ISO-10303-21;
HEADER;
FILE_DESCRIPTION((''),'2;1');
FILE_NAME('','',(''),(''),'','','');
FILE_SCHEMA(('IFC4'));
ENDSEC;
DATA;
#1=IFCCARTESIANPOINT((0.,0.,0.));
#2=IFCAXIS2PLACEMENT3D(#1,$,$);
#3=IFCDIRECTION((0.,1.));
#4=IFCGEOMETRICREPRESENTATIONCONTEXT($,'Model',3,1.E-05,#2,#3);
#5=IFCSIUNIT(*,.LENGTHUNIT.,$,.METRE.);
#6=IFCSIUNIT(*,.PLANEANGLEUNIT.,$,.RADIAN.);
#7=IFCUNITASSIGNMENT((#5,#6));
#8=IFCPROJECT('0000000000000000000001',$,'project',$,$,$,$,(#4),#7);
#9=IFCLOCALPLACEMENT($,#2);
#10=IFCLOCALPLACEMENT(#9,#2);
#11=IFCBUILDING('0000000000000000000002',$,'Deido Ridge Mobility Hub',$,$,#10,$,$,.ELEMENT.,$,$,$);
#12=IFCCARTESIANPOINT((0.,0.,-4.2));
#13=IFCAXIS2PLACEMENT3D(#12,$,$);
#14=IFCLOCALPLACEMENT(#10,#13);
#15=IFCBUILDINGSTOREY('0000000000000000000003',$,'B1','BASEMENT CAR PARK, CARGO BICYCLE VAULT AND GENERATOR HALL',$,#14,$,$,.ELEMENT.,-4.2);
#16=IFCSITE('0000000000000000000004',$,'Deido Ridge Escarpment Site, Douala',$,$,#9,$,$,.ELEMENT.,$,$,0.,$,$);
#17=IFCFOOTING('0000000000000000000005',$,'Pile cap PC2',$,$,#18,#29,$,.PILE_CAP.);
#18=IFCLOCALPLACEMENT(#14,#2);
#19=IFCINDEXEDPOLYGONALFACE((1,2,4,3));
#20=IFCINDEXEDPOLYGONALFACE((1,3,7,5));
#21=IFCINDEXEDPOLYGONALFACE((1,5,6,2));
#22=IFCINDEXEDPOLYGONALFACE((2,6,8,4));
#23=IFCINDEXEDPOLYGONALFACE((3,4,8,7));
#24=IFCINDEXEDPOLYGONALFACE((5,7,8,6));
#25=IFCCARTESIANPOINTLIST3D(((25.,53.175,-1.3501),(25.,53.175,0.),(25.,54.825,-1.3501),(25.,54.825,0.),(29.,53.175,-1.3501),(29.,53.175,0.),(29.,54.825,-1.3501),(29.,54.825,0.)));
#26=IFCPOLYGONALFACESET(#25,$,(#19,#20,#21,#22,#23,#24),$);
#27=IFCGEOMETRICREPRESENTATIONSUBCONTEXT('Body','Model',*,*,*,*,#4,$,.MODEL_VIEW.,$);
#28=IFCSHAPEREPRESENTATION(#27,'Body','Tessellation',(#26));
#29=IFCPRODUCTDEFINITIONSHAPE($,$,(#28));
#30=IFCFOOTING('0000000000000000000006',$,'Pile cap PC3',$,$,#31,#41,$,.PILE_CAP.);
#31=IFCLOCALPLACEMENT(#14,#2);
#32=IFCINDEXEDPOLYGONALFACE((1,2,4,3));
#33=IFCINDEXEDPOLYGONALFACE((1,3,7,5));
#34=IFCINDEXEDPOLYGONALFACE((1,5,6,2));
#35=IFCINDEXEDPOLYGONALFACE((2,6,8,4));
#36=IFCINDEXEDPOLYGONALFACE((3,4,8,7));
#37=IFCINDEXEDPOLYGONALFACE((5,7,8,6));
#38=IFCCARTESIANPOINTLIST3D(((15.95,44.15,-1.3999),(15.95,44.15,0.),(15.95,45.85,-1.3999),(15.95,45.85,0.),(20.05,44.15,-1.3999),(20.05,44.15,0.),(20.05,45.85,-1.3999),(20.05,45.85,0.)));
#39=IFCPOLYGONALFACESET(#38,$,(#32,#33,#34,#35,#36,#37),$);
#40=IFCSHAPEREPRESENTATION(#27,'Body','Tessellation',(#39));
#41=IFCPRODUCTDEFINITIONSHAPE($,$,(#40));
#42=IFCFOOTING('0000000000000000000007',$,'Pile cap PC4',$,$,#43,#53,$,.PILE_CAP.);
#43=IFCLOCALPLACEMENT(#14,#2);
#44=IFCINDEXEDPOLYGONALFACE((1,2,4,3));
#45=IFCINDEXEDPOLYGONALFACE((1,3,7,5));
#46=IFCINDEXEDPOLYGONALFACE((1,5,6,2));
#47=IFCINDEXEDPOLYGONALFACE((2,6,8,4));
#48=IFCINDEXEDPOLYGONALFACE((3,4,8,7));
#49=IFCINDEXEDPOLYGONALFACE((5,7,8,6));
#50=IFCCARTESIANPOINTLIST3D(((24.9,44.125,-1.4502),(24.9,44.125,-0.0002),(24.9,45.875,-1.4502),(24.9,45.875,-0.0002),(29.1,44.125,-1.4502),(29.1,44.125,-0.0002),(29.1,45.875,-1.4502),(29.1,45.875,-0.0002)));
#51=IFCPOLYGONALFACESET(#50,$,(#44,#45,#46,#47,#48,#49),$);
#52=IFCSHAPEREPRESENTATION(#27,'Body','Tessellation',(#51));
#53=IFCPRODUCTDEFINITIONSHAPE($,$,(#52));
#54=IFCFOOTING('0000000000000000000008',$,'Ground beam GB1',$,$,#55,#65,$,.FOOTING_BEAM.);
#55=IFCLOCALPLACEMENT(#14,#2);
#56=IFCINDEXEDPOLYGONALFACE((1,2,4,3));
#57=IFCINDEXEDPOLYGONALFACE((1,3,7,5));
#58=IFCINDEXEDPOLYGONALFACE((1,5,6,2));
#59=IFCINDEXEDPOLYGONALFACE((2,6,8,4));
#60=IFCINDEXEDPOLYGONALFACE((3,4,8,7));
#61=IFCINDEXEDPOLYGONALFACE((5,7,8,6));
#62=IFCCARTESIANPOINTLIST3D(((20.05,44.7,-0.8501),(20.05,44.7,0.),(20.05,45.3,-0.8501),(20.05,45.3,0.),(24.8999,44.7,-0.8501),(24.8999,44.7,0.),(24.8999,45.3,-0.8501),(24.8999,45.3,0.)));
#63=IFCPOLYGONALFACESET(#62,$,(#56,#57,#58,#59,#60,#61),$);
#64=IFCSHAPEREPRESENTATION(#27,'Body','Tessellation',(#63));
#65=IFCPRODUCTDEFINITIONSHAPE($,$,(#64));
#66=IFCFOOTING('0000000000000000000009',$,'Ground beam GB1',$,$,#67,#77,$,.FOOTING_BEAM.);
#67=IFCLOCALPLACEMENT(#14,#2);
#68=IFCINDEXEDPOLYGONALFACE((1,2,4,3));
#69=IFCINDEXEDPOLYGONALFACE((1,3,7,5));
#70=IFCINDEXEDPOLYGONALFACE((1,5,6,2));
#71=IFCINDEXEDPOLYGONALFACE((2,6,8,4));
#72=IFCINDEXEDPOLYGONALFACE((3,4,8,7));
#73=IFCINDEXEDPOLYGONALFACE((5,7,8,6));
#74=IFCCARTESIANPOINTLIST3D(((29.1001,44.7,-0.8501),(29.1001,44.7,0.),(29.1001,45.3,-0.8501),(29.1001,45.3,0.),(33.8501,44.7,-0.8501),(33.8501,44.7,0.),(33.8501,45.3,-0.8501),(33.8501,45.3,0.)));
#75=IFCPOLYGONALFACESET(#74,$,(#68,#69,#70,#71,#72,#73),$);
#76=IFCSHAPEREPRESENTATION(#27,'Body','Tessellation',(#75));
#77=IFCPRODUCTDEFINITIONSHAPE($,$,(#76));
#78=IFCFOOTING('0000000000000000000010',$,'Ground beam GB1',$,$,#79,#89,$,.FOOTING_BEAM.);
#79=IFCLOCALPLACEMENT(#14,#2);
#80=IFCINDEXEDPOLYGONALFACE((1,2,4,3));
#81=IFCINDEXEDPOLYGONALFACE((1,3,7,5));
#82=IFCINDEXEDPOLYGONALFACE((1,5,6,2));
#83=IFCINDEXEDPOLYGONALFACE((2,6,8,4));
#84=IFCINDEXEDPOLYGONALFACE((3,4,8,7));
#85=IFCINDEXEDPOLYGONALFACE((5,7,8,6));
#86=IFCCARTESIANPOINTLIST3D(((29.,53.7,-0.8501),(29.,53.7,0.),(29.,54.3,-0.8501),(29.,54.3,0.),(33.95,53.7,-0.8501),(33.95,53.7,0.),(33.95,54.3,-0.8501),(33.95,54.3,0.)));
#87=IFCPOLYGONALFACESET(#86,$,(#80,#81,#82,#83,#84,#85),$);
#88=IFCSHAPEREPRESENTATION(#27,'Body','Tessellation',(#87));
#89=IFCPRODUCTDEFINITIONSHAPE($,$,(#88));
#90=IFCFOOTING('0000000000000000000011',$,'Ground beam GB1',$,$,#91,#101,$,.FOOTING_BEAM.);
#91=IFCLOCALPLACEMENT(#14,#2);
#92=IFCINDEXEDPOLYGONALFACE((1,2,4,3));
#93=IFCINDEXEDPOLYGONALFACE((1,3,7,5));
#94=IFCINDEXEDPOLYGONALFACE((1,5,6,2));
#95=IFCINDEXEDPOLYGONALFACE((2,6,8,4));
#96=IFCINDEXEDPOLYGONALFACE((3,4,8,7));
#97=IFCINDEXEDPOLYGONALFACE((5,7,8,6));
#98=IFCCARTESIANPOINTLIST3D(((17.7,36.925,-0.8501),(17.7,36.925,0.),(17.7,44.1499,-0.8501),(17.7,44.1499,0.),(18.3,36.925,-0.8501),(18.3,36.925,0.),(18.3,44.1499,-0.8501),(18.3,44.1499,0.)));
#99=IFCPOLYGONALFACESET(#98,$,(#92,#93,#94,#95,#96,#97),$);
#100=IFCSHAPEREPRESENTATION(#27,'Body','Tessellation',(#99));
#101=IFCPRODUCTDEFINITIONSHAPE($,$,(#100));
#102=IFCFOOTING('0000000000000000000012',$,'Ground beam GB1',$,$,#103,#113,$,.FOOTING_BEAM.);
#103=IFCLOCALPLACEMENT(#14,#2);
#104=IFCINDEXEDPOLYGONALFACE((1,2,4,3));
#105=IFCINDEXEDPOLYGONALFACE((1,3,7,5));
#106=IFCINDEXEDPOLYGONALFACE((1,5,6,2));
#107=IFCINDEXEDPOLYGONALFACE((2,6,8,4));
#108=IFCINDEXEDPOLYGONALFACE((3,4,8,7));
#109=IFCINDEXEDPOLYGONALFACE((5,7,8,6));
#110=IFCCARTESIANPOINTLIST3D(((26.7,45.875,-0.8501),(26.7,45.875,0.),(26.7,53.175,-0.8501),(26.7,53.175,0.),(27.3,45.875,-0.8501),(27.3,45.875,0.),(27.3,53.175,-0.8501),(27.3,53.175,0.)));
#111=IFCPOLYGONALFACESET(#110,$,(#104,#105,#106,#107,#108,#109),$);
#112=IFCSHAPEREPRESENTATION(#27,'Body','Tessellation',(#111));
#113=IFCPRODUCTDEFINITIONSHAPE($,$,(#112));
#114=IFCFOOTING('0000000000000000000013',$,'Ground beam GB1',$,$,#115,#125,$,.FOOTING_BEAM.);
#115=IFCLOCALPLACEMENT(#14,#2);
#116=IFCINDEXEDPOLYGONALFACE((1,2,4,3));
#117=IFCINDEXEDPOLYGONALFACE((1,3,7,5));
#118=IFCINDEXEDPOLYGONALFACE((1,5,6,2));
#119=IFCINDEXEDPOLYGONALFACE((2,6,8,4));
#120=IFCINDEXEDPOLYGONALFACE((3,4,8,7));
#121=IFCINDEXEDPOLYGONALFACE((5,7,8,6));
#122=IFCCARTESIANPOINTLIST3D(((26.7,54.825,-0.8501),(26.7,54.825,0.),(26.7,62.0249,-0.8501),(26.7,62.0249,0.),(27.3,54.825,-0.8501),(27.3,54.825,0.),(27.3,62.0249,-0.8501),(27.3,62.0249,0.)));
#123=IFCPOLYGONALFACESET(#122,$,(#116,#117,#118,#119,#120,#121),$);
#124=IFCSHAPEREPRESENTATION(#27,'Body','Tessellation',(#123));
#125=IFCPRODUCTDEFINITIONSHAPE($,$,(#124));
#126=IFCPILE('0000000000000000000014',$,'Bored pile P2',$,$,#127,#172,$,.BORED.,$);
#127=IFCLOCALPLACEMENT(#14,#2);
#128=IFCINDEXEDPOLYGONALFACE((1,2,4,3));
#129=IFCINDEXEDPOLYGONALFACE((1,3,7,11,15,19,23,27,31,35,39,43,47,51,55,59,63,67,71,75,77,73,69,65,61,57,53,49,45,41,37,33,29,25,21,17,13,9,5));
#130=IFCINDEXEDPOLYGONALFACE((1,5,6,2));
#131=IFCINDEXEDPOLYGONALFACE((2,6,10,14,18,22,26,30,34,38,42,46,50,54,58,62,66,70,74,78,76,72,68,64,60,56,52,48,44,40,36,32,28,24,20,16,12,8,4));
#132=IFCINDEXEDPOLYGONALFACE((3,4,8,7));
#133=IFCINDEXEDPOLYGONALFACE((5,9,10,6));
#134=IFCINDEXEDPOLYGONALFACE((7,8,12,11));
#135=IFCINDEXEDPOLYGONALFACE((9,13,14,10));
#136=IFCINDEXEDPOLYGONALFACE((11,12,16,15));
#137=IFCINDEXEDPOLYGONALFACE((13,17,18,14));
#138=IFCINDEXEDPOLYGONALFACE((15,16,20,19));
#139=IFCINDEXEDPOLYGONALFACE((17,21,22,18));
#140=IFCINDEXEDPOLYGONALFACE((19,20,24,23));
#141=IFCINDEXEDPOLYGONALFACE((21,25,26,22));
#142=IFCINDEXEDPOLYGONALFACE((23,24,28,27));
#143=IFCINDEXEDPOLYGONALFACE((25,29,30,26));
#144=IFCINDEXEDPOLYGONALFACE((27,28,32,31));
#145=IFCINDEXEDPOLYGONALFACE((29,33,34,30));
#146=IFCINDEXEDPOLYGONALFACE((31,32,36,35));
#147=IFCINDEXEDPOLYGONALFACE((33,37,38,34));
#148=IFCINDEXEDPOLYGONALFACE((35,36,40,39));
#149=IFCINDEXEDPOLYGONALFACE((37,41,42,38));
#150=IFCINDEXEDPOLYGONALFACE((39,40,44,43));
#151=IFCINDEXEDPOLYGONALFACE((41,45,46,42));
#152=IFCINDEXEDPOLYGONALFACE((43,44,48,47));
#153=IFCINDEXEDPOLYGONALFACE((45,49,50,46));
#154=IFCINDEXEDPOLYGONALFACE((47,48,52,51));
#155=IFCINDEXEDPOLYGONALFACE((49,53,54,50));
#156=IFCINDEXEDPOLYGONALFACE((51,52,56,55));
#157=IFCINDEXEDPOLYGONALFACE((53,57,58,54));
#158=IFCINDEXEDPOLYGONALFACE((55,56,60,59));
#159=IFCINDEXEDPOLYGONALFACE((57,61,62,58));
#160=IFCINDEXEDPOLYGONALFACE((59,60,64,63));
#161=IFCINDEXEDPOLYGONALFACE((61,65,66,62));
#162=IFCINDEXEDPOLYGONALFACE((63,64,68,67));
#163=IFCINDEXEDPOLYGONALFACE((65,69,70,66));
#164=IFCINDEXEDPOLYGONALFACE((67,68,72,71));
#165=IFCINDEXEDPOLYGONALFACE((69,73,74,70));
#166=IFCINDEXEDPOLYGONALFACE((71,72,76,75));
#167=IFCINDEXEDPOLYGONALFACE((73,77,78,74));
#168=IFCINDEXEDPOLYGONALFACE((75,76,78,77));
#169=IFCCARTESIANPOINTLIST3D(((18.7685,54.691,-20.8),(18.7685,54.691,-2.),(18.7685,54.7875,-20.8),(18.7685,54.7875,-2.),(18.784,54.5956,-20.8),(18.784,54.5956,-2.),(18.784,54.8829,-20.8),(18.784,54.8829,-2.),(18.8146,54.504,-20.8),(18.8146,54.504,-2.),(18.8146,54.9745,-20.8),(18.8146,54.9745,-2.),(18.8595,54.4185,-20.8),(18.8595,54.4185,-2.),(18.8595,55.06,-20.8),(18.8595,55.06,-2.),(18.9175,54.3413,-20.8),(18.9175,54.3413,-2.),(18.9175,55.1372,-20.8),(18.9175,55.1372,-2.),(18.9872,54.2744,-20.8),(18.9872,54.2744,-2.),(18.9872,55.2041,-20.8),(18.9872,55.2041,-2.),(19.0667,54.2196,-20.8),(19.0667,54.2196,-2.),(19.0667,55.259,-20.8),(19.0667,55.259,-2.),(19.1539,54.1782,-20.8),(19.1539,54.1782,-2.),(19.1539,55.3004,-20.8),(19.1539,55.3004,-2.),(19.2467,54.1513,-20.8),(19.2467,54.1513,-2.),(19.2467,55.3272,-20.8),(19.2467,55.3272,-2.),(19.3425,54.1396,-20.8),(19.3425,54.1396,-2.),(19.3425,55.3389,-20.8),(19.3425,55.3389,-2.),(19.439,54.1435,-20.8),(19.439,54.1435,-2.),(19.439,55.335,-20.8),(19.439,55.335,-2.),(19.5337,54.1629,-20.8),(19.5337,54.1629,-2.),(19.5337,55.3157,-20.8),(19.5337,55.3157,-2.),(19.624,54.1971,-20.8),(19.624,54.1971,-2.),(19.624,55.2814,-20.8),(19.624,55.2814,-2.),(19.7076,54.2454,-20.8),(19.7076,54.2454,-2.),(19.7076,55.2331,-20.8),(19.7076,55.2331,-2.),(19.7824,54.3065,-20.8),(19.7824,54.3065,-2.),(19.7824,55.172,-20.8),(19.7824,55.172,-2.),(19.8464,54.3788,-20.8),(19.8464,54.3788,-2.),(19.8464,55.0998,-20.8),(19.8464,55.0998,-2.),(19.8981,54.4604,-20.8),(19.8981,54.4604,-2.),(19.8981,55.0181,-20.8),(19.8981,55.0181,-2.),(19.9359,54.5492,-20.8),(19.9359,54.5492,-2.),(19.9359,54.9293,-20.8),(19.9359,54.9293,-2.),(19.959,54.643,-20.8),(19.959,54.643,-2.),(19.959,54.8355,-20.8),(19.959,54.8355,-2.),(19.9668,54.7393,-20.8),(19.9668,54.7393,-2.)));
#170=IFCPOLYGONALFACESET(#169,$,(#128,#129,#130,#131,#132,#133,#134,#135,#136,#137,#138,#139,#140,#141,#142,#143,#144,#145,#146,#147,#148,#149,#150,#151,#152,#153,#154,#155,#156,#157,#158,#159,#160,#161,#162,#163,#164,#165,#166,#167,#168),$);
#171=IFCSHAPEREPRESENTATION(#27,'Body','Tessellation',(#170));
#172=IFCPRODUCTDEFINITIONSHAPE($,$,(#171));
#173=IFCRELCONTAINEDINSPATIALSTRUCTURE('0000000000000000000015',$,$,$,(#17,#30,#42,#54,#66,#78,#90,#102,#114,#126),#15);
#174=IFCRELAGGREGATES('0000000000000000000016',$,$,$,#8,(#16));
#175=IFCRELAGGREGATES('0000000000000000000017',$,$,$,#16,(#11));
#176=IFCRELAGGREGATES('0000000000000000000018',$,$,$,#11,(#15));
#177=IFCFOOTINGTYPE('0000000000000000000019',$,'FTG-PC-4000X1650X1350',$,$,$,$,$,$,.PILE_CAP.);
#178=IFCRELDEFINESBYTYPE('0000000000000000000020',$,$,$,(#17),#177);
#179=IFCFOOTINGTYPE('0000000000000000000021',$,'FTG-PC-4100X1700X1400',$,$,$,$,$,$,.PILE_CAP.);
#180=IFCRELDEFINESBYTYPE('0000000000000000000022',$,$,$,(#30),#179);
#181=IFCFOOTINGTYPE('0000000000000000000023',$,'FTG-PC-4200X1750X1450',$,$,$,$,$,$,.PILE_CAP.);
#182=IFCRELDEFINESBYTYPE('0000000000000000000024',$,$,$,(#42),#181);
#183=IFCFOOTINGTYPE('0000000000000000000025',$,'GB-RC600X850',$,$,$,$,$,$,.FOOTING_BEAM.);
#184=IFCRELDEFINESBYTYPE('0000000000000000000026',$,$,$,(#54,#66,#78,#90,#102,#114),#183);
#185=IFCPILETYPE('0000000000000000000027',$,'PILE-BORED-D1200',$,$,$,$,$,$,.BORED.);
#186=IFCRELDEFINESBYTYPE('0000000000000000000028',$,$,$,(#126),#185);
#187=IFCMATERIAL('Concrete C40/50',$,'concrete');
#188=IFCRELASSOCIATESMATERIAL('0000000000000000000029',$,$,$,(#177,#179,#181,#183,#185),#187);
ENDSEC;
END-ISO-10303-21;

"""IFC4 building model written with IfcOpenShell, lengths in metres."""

from ifc_helpers import new_model, si_unit, direction, frame, origin, origin_2d, place, context, subcontext, project, spatial, rectangle, circle, extrude, material, material_profile, profile_set, type_object, element, save


model = new_model("IFC4")

# Units and contexts
model_context = context("Model", 3, precision=1e-05, world=origin(), true_north=direction((0.0, 1.0)))
body_context = subcontext(model_context, "Body", "Model", "MODEL_VIEW")
ifc_project = project(units=[si_unit("LENGTHUNIT", "METRE"), si_unit("PLANEANGLEUNIT", "RADIAN")], contexts=[model_context])

# Site, building, storey
site_placement = place(None, origin())
site = spatial("IfcSite", under=ifc_project, at=site_placement, Name="Deido Ridge Escarpment Site, Douala", CompositionType="ELEMENT", RefElevation=0.0)
building_placement = place(site_placement, origin())
building = spatial("IfcBuilding", under=site, at=building_placement, Name="Deido Ridge Mobility Hub", CompositionType="ELEMENT")
storey_placement = place(building_placement, frame((0.0, 0.0, -4.2)))
storey = spatial("IfcBuildingStorey", under=building, at=storey_placement, Name="B1", Description="BASEMENT CAR PARK, CARGO BICYCLE VAULT AND GENERATOR HALL", CompositionType="ELEMENT", Elevation=-4.2)

# Footings
ifc_material_1 = material(Name="Concrete C40/50", Category="concrete")
footing_type_1 = type_object("IfcFootingType", Name="FTG-PC-4000X1650X1350", PredefinedType="PILE_CAP", material=ifc_material_1)
footing_1_placement = place(storey_placement, frame((27.0, 54.0, -1.3501), z_axis=(0.0, 0.0, 1.0), x_axis=(1.0, 0.0, 0.0)))
element("IfcFooting", 1, at=footing_1_placement, inside=storey, type_object=footing_type_1, Name="Pile cap PC2", PredefinedType="PILE_CAP", context=body_context, shape_type="SweptSolid", body=[
    extrude(rectangle(XDim=4.0, YDim=1.6499, at=origin_2d()), origin(), (0.0, 0.0, 1.0), 1.3501),
])
footing_type_2 = type_object("IfcFootingType", Name="FTG-PC-4100X1700X1400", PredefinedType="PILE_CAP", material=ifc_material_1)
footing_2_placement = place(storey_placement, frame((18.0, 45.0, -1.3999), z_axis=(0.0, 0.0, 1.0), x_axis=(1.0, 0.0, 0.0)))
element("IfcFooting", 2, at=footing_2_placement, inside=storey, type_object=footing_type_2, Name="Pile cap PC3", PredefinedType="PILE_CAP", context=body_context, shape_type="SweptSolid", body=[
    extrude(rectangle(XDim=4.1001, YDim=1.7, at=origin_2d()), origin(), (0.0, 0.0, 1.0), 1.3999),
])
footing_type_3 = type_object("IfcFootingType", Name="FTG-PC-4200X1750X1450", PredefinedType="PILE_CAP", material=ifc_material_1)
footing_3_placement = place(storey_placement, frame((27.0, 45.0, -1.4502), z_axis=(0.0, 0.0, 1.0), x_axis=(1.0, 0.0, 0.0)))
element("IfcFooting", 3, at=footing_3_placement, inside=storey, type_object=footing_type_3, Name="Pile cap PC4", PredefinedType="PILE_CAP", context=body_context, shape_type="SweptSolid", body=[
    extrude(rectangle(XDim=4.2, YDim=1.75, at=origin_2d()), origin(), (0.0, 0.0, 1.0), 1.45),
])
ifc_material_profile_1 = material_profile(ifc_material_1, rectangle(XDim=0.6001, YDim=0.8501, at=origin_2d()), Name="RC GB 600x850")
ifc_profile_set_1 = profile_set([ifc_material_profile_1], Name="Concrete C40/50")
footing_type_4 = type_object("IfcFootingType", Name="GB-RC600X850", PredefinedType="FOOTING_BEAM", material=ifc_profile_set_1)
footing_4_placement = place(storey_placement, frame((20.05, 45.0, -0.425), z_axis=(1.0, 0.0, 0.0), x_axis=(0.0, 1.0, 0.0)))
element("IfcFooting", 4, at=footing_4_placement, inside=storey, type_object=footing_type_4, Name="Ground beam GB1", PredefinedType="FOOTING_BEAM", context=body_context, shape_type="SweptSolid", body=[
    extrude(rectangle(XDim=0.6001, YDim=0.8501, at=origin_2d()), origin(), (0.0, 0.0, 1.0), 4.8499),
])
footing_5_placement = place(storey_placement, frame((29.1001, 45.0, -0.425), z_axis=(1.0, 0.0, 0.0), x_axis=(0.0, 1.0, 0.0)))
element("IfcFooting", 5, at=footing_5_placement, inside=storey, type_object=footing_type_4, Name="Ground beam GB1", PredefinedType="FOOTING_BEAM", context=body_context, shape_type="SweptSolid", body=[
    extrude(rectangle(XDim=0.6001, YDim=0.8501, at=origin_2d()), origin(), (0.0, 0.0, 1.0), 4.75),
])
footing_6_placement = place(storey_placement, frame((29.0, 54.0, -0.425), z_axis=(1.0, 0.0, 0.0), x_axis=(0.0, 1.0, 0.0)))
element("IfcFooting", 6, at=footing_6_placement, inside=storey, type_object=footing_type_4, Name="Ground beam GB1", PredefinedType="FOOTING_BEAM", context=body_context, shape_type="SweptSolid", body=[
    extrude(rectangle(XDim=0.6001, YDim=0.8501, at=origin_2d()), origin(), (0.0, 0.0, 1.0), 4.95),
])
footing_7_placement = place(storey_placement, frame((18.0, 36.925, -0.425), z_axis=(0.0, 1.0, 0.0), x_axis=(-1.0, 0.0, 0.0)))
element("IfcFooting", 7, at=footing_7_placement, inside=storey, type_object=footing_type_4, Name="Ground beam GB1", PredefinedType="FOOTING_BEAM", context=body_context, shape_type="SweptSolid", body=[
    extrude(rectangle(XDim=0.6001, YDim=0.8501, at=origin_2d()), origin(), (0.0, 0.0, 1.0), 7.2249),
])
footing_8_placement = place(storey_placement, frame((27.0, 45.875, -0.425), z_axis=(0.0, 1.0, 0.0), x_axis=(-1.0, 0.0, 0.0)))
element("IfcFooting", 8, at=footing_8_placement, inside=storey, type_object=footing_type_4, Name="Ground beam GB1", PredefinedType="FOOTING_BEAM", context=body_context, shape_type="SweptSolid", body=[
    extrude(rectangle(XDim=0.6001, YDim=0.8501, at=origin_2d()), origin(), (0.0, 0.0, 1.0), 7.3),
])
footing_9_placement = place(storey_placement, frame((27.0, 54.825, -0.425), z_axis=(0.0, 1.0, 0.0), x_axis=(-1.0, 0.0, 0.0)))
element("IfcFooting", 9, at=footing_9_placement, inside=storey, type_object=footing_type_4, Name="Ground beam GB1", PredefinedType="FOOTING_BEAM", context=body_context, shape_type="SweptSolid", body=[
    extrude(rectangle(XDim=0.6001, YDim=0.8501, at=origin_2d()), origin(), (0.0, 0.0, 1.0), 7.2),
])

# Pile
ifc_material_profile_2 = material_profile(ifc_material_1, circle(Radius=0.6001, at=origin_2d()), Name="BORED PILE D1200")
ifc_profile_set_2 = profile_set([ifc_material_profile_2], Name="Concrete C40/50")
pile_type_1 = type_object("IfcPileType", Name="PILE-BORED-D1200", PredefinedType="BORED", material=ifc_profile_set_2)
pile_1_placement = place(storey_placement, frame((19.3667, 54.7393, -2.0), z_axis=(0.0, 0.0, -1.0), x_axis=(1.0, 0.0, 0.0)))
element("IfcPile", 10, at=pile_1_placement, inside=storey, type_object=pile_type_1, Name="Bored pile P2", PredefinedType="BORED", context=body_context, shape_type="SweptSolid", body=[
    extrude(circle(Radius=0.6001, at=origin_2d()), origin(), (0.0, 0.0, 1.0), 18.8),
])

save(model, "model.ifc")
